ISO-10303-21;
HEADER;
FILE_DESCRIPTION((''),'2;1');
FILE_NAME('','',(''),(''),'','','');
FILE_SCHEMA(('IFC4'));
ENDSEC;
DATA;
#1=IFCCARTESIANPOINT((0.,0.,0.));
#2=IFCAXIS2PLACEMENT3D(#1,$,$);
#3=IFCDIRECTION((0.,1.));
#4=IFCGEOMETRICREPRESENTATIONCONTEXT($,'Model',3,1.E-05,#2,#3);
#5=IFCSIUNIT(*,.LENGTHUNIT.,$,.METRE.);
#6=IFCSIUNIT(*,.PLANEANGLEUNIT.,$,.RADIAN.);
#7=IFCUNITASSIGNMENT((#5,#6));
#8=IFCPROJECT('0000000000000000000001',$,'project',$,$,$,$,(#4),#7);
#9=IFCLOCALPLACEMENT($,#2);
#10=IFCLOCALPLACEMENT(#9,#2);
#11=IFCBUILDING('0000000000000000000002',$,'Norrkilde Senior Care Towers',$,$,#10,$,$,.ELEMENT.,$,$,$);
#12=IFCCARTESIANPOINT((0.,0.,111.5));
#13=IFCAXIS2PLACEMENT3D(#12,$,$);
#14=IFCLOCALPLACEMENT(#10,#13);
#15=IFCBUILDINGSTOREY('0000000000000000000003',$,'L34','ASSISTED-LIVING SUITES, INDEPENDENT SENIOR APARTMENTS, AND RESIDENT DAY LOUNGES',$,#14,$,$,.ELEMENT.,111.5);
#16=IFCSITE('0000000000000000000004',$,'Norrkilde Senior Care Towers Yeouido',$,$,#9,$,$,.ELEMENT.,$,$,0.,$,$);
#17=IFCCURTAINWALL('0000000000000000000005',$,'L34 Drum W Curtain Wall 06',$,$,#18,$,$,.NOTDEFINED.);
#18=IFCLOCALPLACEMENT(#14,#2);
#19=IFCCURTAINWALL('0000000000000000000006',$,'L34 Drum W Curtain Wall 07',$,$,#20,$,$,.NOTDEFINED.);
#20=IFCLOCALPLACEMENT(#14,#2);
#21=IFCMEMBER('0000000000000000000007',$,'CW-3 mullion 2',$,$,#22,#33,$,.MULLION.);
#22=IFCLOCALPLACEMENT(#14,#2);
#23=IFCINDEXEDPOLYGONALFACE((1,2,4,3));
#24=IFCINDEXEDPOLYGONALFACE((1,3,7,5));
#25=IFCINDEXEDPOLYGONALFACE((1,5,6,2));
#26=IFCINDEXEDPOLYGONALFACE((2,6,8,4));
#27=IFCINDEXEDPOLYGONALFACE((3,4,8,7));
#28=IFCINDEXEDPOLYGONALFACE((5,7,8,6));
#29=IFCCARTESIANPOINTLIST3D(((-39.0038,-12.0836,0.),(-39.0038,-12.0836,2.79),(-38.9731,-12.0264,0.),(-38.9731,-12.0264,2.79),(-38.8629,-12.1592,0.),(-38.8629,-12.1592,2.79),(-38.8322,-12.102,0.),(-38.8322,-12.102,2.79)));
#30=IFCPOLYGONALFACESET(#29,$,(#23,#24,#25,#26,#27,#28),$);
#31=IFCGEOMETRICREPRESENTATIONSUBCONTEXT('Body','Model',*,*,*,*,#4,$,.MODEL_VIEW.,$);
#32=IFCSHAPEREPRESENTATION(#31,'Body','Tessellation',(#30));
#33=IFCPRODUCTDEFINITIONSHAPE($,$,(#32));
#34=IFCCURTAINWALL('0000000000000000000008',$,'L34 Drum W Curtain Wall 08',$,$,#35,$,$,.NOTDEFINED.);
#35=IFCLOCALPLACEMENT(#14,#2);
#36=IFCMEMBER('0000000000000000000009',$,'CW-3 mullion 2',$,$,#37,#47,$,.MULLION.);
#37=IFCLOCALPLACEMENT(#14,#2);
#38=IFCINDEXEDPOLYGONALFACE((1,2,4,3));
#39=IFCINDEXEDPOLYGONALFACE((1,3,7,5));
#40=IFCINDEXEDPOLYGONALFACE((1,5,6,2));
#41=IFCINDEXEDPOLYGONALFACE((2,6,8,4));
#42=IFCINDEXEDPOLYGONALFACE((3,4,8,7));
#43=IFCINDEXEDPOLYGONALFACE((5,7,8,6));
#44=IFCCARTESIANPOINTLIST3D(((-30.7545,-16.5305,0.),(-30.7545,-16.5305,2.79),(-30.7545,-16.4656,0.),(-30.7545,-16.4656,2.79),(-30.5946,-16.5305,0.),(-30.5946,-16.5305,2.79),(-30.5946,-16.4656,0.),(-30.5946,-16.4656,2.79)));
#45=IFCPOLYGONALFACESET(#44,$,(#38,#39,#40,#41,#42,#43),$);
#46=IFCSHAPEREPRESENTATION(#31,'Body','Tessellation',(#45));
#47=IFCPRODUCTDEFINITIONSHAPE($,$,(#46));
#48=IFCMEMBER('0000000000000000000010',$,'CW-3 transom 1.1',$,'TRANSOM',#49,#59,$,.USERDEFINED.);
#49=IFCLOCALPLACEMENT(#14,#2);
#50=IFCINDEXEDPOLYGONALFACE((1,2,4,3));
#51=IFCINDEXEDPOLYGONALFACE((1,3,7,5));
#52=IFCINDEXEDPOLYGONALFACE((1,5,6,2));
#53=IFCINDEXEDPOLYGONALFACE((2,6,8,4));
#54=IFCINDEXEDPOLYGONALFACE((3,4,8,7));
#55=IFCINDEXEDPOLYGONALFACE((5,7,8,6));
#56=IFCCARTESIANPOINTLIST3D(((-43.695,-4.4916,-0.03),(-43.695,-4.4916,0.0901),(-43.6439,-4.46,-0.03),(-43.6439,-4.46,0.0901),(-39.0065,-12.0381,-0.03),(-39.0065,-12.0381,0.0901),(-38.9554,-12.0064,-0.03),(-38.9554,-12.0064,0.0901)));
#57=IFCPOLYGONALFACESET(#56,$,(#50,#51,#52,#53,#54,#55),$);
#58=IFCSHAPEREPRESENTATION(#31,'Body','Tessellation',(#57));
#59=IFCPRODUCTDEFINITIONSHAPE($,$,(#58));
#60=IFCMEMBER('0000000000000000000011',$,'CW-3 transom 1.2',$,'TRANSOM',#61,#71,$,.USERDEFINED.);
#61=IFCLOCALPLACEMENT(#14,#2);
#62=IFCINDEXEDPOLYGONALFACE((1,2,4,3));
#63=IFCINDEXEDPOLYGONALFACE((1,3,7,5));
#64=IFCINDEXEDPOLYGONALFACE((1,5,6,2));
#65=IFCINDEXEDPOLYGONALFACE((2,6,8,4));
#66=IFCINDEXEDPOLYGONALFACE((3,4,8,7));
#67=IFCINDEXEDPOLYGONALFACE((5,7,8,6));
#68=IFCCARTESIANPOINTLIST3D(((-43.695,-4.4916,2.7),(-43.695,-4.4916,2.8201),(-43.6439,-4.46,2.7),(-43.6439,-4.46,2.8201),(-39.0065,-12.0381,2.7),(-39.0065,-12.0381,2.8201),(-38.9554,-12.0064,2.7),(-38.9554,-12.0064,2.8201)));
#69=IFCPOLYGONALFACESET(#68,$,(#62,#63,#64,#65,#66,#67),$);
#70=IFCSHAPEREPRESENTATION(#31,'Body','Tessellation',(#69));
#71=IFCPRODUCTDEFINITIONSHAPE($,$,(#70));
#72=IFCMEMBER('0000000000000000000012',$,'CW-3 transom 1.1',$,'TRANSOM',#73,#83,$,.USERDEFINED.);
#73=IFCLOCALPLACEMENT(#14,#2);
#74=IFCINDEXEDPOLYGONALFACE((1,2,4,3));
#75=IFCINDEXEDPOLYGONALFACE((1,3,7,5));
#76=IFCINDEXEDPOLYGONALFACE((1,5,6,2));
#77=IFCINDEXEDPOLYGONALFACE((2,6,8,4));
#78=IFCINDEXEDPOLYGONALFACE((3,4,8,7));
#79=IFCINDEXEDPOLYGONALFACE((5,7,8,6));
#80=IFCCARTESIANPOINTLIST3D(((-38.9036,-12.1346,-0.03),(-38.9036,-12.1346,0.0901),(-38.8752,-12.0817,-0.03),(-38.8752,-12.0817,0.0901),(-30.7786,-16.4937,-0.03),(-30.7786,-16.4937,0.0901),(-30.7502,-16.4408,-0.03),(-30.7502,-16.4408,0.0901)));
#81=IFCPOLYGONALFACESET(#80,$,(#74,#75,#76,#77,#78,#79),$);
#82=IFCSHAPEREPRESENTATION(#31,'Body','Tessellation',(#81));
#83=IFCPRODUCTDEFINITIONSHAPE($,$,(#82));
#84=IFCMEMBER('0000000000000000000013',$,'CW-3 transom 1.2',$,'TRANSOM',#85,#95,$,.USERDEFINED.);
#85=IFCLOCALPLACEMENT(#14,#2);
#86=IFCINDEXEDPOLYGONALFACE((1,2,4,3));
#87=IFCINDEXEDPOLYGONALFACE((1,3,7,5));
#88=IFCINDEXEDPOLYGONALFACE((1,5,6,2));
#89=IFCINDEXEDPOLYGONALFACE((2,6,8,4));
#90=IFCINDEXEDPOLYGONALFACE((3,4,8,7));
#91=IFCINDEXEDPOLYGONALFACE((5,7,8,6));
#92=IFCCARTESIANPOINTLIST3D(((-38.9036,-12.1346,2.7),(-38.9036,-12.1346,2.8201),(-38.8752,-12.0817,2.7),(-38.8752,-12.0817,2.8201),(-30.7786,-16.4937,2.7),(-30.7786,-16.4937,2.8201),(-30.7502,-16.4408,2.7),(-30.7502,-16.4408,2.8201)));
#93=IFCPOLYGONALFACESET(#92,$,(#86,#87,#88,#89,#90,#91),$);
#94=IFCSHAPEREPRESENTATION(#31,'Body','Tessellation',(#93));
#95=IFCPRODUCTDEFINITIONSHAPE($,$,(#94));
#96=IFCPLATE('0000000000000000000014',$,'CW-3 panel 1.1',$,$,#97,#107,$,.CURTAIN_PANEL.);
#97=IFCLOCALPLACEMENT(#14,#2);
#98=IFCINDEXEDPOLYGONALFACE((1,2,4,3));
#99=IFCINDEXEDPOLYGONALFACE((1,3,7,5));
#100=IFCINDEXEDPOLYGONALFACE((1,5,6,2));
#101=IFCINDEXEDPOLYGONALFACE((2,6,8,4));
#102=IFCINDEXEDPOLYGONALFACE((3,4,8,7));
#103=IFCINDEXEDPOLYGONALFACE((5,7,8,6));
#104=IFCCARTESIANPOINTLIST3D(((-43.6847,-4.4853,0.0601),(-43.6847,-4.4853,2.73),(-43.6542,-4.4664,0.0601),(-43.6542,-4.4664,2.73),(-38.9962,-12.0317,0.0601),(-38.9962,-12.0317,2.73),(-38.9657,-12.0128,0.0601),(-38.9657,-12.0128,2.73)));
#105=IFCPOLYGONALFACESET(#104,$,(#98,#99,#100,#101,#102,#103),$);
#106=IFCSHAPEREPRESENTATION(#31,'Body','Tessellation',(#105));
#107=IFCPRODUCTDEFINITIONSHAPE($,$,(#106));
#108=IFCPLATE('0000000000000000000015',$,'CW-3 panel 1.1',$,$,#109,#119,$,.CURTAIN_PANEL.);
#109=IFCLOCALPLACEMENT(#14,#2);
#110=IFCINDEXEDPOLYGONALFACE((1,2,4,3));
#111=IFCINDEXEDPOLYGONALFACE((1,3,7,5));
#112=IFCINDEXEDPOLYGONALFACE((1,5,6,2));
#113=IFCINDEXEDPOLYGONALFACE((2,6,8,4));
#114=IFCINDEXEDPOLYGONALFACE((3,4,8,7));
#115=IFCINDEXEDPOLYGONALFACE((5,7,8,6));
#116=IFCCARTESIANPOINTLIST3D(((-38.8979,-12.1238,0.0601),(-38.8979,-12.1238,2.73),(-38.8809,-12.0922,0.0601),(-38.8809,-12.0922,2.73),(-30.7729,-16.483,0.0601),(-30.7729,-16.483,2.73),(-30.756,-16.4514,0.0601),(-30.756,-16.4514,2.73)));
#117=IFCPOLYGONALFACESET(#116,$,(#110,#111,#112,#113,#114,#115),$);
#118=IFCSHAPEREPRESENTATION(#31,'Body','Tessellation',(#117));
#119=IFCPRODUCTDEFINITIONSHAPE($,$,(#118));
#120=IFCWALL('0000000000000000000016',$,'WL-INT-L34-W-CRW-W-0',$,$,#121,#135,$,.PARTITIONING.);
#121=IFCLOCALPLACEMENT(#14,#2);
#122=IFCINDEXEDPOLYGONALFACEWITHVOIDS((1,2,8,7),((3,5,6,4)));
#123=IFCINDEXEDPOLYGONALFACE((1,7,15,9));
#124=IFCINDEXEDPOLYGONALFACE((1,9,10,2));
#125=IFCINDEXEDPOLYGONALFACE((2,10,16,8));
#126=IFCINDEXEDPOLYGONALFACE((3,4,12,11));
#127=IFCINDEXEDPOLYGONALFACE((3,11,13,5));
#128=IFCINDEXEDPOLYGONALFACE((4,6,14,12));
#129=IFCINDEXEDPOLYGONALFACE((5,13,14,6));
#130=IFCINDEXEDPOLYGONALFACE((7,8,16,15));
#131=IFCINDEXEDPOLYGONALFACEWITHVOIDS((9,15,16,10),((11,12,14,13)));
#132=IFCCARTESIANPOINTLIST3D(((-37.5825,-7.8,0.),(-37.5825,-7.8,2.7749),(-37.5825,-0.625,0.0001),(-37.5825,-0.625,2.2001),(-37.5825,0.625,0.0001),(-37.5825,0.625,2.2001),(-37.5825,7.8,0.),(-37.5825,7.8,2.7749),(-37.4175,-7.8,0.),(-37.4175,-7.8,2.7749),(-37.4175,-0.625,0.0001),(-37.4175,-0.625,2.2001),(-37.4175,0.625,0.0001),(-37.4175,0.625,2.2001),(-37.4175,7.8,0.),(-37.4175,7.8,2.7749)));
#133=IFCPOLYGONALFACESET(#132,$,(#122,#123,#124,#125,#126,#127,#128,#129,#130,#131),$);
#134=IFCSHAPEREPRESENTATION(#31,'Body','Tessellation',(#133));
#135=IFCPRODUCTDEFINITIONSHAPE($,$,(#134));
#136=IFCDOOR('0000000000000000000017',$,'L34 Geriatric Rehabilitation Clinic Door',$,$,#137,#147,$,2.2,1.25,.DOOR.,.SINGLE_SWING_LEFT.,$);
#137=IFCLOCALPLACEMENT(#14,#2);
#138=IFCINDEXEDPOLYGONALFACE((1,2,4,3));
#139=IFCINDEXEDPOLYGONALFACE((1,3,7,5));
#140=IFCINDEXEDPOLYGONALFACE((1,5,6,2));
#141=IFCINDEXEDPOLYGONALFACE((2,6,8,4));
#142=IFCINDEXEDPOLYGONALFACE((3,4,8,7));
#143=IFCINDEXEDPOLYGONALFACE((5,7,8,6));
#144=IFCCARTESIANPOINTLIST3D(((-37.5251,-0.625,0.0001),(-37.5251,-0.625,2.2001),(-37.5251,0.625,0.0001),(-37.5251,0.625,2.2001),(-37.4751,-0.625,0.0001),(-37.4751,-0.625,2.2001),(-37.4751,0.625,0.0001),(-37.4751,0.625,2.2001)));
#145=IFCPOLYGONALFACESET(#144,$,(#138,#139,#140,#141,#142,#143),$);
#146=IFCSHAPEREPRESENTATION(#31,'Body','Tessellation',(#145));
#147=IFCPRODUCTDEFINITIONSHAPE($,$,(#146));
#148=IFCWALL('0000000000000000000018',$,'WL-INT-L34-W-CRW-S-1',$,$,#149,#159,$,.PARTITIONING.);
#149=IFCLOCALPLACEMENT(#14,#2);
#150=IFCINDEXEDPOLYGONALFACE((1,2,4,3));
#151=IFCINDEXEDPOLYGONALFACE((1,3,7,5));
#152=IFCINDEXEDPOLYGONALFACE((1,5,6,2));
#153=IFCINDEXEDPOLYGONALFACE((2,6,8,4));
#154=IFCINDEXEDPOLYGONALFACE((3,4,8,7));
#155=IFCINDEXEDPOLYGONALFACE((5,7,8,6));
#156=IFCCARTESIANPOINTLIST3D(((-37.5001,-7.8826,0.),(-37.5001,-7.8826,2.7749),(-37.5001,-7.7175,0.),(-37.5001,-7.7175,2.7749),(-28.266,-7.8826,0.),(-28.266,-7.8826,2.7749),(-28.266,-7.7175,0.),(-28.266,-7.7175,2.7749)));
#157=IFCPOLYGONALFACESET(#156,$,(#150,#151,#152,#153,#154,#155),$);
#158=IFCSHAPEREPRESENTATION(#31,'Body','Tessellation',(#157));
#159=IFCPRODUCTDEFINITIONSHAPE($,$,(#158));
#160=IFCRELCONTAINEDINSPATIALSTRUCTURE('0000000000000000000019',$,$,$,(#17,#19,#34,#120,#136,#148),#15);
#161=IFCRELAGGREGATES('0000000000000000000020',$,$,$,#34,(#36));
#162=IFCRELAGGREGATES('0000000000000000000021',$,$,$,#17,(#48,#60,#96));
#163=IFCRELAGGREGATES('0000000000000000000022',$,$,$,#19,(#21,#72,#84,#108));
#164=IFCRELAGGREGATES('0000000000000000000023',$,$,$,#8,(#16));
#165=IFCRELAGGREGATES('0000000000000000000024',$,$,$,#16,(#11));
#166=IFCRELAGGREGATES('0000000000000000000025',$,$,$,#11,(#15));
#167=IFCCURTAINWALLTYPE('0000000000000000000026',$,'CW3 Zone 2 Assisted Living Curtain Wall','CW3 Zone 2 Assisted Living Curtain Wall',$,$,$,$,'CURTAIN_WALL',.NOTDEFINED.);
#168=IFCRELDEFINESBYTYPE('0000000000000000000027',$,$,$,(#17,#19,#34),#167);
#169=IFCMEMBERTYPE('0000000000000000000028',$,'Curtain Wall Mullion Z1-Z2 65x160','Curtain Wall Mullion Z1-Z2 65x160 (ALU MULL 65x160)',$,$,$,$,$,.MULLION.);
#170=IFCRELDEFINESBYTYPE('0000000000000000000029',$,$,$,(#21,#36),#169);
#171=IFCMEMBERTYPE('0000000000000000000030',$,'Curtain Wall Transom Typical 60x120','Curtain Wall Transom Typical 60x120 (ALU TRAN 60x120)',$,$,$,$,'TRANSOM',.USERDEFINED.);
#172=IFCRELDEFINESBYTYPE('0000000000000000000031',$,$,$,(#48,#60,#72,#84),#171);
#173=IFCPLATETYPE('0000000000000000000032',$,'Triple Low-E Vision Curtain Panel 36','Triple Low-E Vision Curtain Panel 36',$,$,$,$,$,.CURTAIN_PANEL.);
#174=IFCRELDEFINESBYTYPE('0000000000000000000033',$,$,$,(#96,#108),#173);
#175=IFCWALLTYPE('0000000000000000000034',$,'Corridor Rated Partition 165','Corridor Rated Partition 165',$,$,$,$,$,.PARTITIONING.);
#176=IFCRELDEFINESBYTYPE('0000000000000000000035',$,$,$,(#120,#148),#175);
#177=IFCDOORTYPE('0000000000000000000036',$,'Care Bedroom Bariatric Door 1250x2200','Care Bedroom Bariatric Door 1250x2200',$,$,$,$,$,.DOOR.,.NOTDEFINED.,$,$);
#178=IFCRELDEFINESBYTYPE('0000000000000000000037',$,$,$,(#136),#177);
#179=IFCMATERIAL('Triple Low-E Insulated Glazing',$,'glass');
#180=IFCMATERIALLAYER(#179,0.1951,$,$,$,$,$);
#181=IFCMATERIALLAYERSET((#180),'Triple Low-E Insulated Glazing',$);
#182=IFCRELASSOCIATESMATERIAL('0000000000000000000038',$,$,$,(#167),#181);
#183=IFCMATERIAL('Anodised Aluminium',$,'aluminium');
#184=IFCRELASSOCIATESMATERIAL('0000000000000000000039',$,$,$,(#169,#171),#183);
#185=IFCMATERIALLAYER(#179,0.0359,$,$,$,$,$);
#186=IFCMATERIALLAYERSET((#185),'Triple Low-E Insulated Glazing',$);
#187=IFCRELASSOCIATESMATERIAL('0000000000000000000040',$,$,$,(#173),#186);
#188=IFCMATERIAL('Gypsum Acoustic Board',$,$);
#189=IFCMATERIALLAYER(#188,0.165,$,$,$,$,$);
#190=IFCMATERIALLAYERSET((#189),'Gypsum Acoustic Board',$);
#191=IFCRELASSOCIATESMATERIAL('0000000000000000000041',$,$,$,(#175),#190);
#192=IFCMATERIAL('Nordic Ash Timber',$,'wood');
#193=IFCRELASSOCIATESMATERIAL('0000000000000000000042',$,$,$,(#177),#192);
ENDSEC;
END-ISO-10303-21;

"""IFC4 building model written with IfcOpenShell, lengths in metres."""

from ifc_helpers import new_model, si_unit, direction, frame, frame_2d, origin, origin_2d, place, context, subcontext, project, spatial, rectangle, extrude, source, transform, mapped, material, layer, layer_set, material_profile, profile_set, type_object, type_shapes, element, fill, aggregate, save


model = new_model("IFC4")

# Units and contexts
model_context = context("Model", 3, precision=1e-05, world=origin(), true_north=direction((0.0, 1.0)))
body_context = subcontext(model_context, "Body", "Model", "MODEL_VIEW")
ifc_project = project(units=[si_unit("LENGTHUNIT", "METRE"), si_unit("PLANEANGLEUNIT", "RADIAN")], contexts=[model_context])

# Site, building, storey
site_placement = place(None, origin())
site = spatial("IfcSite", under=ifc_project, at=site_placement, Name="Norrkilde Senior Care Towers Yeouido", CompositionType="ELEMENT", RefElevation=0.0)
building_placement = place(site_placement, origin())
building = spatial("IfcBuilding", under=site, at=building_placement, Name="Norrkilde Senior Care Towers", CompositionType="ELEMENT")
storey_placement = place(building_placement, frame((0.0, 0.0, 111.5)))
storey = spatial("IfcBuildingStorey", under=building, at=storey_placement, Name="L34", Description="ASSISTED-LIVING SUITES, INDEPENDENT SENIOR APARTMENTS, AND RESIDENT DAY LOUNGES", CompositionType="ELEMENT", Elevation=111.5)

# Curtain wall
ifc_material_1 = material(Name="Triple Low-E Insulated Glazing", Category="glass")
ifc_layer_1 = layer(ifc_material_1, 0.1951)
ifc_layer_set_1 = layer_set([ifc_layer_1], Name="Triple Low-E Insulated Glazing")
curtain_wall_type = type_object("IfcCurtainWallType", Name="CW3 Zone 2 Assisted Living Curtain Wall", Description="CW3 Zone 2 Assisted Living Curtain Wall", ElementType="CURTAIN_WALL", PredefinedType="NOTDEFINED", material=ifc_layer_set_1)
curtain_wall_1_placement = place(storey_placement, origin())
curtain_wall_1 = element("IfcCurtainWall", 1, at=curtain_wall_1_placement, inside=storey, type_object=curtain_wall_type, Name="L34 Drum W Curtain Wall 06", PredefinedType="NOTDEFINED")
ifc_material_2 = material(Name="Anodised Aluminium", Category="aluminium")
ifc_material_profile_1 = material_profile(ifc_material_2, rectangle(XDim=0.0649, YDim=0.1599, at=origin_2d()), Name="ALU MULL 65x160")
ifc_profile_set_1 = profile_set([ifc_material_profile_1], Name="Anodised Aluminium")
member_type_1 = type_object("IfcMemberType", Name="Curtain Wall Mullion Z1-Z2 65x160", Description="Curtain Wall Mullion Z1-Z2 65x160 (ALU MULL 65x160)", PredefinedType="MULLION", material=ifc_profile_set_1)
shared_shape_1 = source(origin(), body_context, "Body", "SweptSolid", [
    extrude(rectangle(XDim=0.0649, YDim=0.1599, at=origin_2d()), origin(), (0.0, 0.0, 1.0), 2.79),
])
type_shapes(member_type_1, [shared_shape_1])

# Curtain wall, member
curtain_wall_2_placement = place(storey_placement, origin())
curtain_wall_2 = element("IfcCurtainWall", 2, at=curtain_wall_2_placement, inside=storey, type_object=curtain_wall_type, Name="L34 Drum W Curtain Wall 07", PredefinedType="NOTDEFINED")
member_1_placement = place(storey_placement, frame((-38.918, -12.0928, 0.0), z_axis=(0.0, 0.0, 1.0), x_axis=(-0.472769, -0.881186, 0.0)))
member_1 = element("IfcMember", 3, at=member_1_placement, type_object=member_type_1, Name="CW-3 mullion 2", PredefinedType="MULLION", context=body_context, shape_type="MappedRepresentation", body=[
    mapped(shared_shape_1, transform((0.0, 0.0, 0.0), x_axis=(1.0, 0.0, 0.0), y_axis=(0.0, 1.0, 0.0), z_axis=(0.0, 0.0, 1.0), scale=1.0)),
])

# Curtain wall, member
curtain_wall_3_placement = place(storey_placement, origin())
curtain_wall_3 = element("IfcCurtainWall", 4, at=curtain_wall_3_placement, inside=storey, type_object=curtain_wall_type, Name="L34 Drum W Curtain Wall 08", PredefinedType="NOTDEFINED")
member_2_placement = place(storey_placement, frame((-30.6746, -16.498, 0.0), z_axis=(0.0, 0.0, 1.0), x_axis=(0.0, -1.0, 0.0)))
member_2 = element("IfcMember", 5, at=member_2_placement, type_object=member_type_1, Name="CW-3 mullion 2", PredefinedType="MULLION", context=body_context, shape_type="MappedRepresentation", body=[
    mapped(shared_shape_1, transform((0.0, 0.0, 0.0), x_axis=(1.0, 0.0, 0.0), y_axis=(0.0, 1.0, 0.0), z_axis=(0.0, 0.0, 1.0), scale=1.0)),
])
aggregate(curtain_wall_3, [member_2])

# Members
ifc_material_profile_2 = material_profile(ifc_material_2, rectangle(XDim=0.0601, YDim=0.1201, at=origin_2d()), Name="ALU TRAN 60x120")
ifc_profile_set_2 = profile_set([ifc_material_profile_2], Name="Anodised Aluminium")
member_type_2 = type_object("IfcMemberType", Name="Curtain Wall Transom Typical 60x120", Description="Curtain Wall Transom Typical 60x120 (ALU TRAN 60x120)", ElementType="TRANSOM", PredefinedType="USERDEFINED", material=ifc_profile_set_2)
shared_shape_2 = source(origin(), body_context, "Body", "SweptSolid", [
    extrude(rectangle(XDim=0.0601, YDim=0.1201, at=origin_2d()), origin(), (0.0, 0.0, 1.0), 8.8843),
])
member_3_placement = place(storey_placement, frame((-38.981, -12.0222, 0.03), z_axis=(-0.527729, 0.849413, 0.0), x_axis=(-0.849413, -0.527729, 0.0)))
member_3 = element("IfcMember", 6, at=member_3_placement, type_object=member_type_2, Name="CW-3 transom 1.1", ObjectType="TRANSOM", PredefinedType="USERDEFINED", context=body_context, shape_type="MappedRepresentation", body=[
    mapped(shared_shape_2, transform((0.0, 0.0, 0.0), x_axis=(1.0, 0.0, 0.0), y_axis=(0.0, 1.0, 0.0), z_axis=(0.0, 0.0, 1.0), scale=1.0)),
])
member_4_placement = place(storey_placement, frame((-38.981, -12.0222, 2.76), z_axis=(-0.527729, 0.849413, 0.0), x_axis=(-0.849413, -0.527729, 0.0)))
member_4 = element("IfcMember", 7, at=member_4_placement, type_object=member_type_2, Name="CW-3 transom 1.2", ObjectType="TRANSOM", PredefinedType="USERDEFINED", context=body_context, shape_type="MappedRepresentation", body=[
    mapped(shared_shape_2, transform((0.0, 0.0, 0.0), x_axis=(1.0, 0.0, 0.0), y_axis=(0.0, 1.0, 0.0), z_axis=(0.0, 0.0, 1.0), scale=1.0)),
])
shared_shape_3 = source(origin(), body_context, "Body", "SweptSolid", [
    extrude(rectangle(XDim=0.0601, YDim=0.1201, at=origin_2d()), origin(), (0.0, 0.0, 1.0), 9.2205),
])
type_shapes(member_type_2, [shared_shape_2, shared_shape_3])
member_5_placement = place(storey_placement, frame((-30.7644, -16.4673, 0.03), z_axis=(-0.881189, 0.472765, 0.0), x_axis=(-0.472765, -0.881189, 0.0)))
member_5 = element("IfcMember", 8, at=member_5_placement, type_object=member_type_2, Name="CW-3 transom 1.1", ObjectType="TRANSOM", PredefinedType="USERDEFINED", context=body_context, shape_type="MappedRepresentation", body=[
    mapped(shared_shape_3, transform((0.0, 0.0, 0.0), x_axis=(1.0, 0.0, 0.0), y_axis=(0.0, 1.0, 0.0), z_axis=(0.0, 0.0, 1.0), scale=1.0)),
])
member_6_placement = place(storey_placement, frame((-30.7644, -16.4673, 2.76), z_axis=(-0.881189, 0.472765, 0.0), x_axis=(-0.472765, -0.881189, 0.0)))
member_6 = element("IfcMember", 9, at=member_6_placement, type_object=member_type_2, Name="CW-3 transom 1.2", ObjectType="TRANSOM", PredefinedType="USERDEFINED", context=body_context, shape_type="MappedRepresentation", body=[
    mapped(shared_shape_3, transform((0.0, 0.0, 0.0), x_axis=(1.0, 0.0, 0.0), y_axis=(0.0, 1.0, 0.0), z_axis=(0.0, 0.0, 1.0), scale=1.0)),
])

# Plates
ifc_layer_2 = layer(ifc_material_1, 0.0359)
ifc_layer_set_2 = layer_set([ifc_layer_2], Name="Triple Low-E Insulated Glazing")
plate_type = type_object("IfcPlateType", Name="Triple Low-E Vision Curtain Panel 36", Description="Triple Low-E Vision Curtain Panel 36", PredefinedType="CURTAIN_PANEL", material=ifc_layer_set_2)
shared_shape_4 = source(origin(), body_context, "Body", "SweptSolid", [
    extrude(rectangle(XDim=8.8843, YDim=0.0359, at=origin_2d()), origin(), (0.0, 0.0, 1.0), 2.6699),
])
plate_1_placement = place(storey_placement, frame((-41.3252, -8.249, 0.0601), z_axis=(0.0, 0.0, 1.0), x_axis=(-0.527733, 0.84941, 0.0)))
plate_1 = element("IfcPlate", 10, at=plate_1_placement, type_object=plate_type, Name="CW-3 panel 1.1", PredefinedType="CURTAIN_PANEL", context=body_context, shape_type="MappedRepresentation", body=[
    mapped(shared_shape_4, transform((0.0, 0.0, 0.0), x_axis=(1.0, 0.0, 0.0), y_axis=(0.0, 1.0, 0.0), z_axis=(0.0, 0.0, 1.0), scale=1.0)),
])
aggregate(curtain_wall_1, [member_3, member_4, plate_1])
shared_shape_5 = source(origin(), body_context, "Body", "SweptSolid", [
    extrude(rectangle(XDim=9.2205, YDim=0.0359, at=origin_2d()), origin(), (0.0, 0.0, 1.0), 2.6699),
])
type_shapes(plate_type, [shared_shape_4, shared_shape_5])
plate_2_placement = place(storey_placement, frame((-34.8269, -14.2876, 0.0601), z_axis=(0.0, 0.0, 1.0), x_axis=(-0.881186, 0.472769, 0.0)))
plate_2 = element("IfcPlate", 11, at=plate_2_placement, type_object=plate_type, Name="CW-3 panel 1.1", PredefinedType="CURTAIN_PANEL", context=body_context, shape_type="MappedRepresentation", body=[
    mapped(shared_shape_5, transform((0.0, 0.0, 0.0), x_axis=(1.0, 0.0, 0.0), y_axis=(0.0, 1.0, 0.0), z_axis=(0.0, 0.0, 1.0), scale=1.0)),
])
aggregate(curtain_wall_2, [member_1, member_5, member_6, plate_2])

# Wall, opening, door
ifc_material_3 = material(Name="Gypsum Acoustic Board")
ifc_layer_3 = layer(ifc_material_3, 0.165)
ifc_layer_set_3 = layer_set([ifc_layer_3], Name="Gypsum Acoustic Board")
wall_type = type_object("IfcWallType", Name="Corridor Rated Partition 165", Description="Corridor Rated Partition 165", PredefinedType="PARTITIONING", material=ifc_layer_set_3)
shared_shape_6 = source(origin(), body_context, "Body", "SweptSolid", [
    extrude(rectangle(XDim=15.6001, YDim=0.165, at=frame_2d((7.8, 0.0))), origin(), (0.0, 0.0, 1.0), 2.7749),
])
wall_1_placement = place(storey_placement, frame((-37.5, -7.8, 0.0), z_axis=(0.0, 0.0, 1.0), x_axis=(0.0, 1.0, 0.0)))
wall_1 = element("IfcWall", 12, at=wall_1_placement, inside=storey, type_object=wall_type, Name="WL-INT-L34-W-CRW-W-0", PredefinedType="PARTITIONING", context=body_context, shape_type="MappedRepresentation", body=[
    mapped(shared_shape_6, transform((0.0, 0.0, 0.0), x_axis=(1.0, 0.0, 0.0), y_axis=(0.0, 1.0, 0.0), z_axis=(0.0, 0.0, 1.0), scale=1.0)),
])
opening_placement = place(wall_1_placement, frame((7.175, 0.0, 0.0)))
opening = element("IfcOpeningElement", 13, at=opening_placement, cuts=wall_1, PredefinedType="OPENING", context=body_context, shape_type="SweptSolid", body=[
    extrude(rectangle(XDim=1.25, YDim=2.2, at=frame_2d((0.625, 1.1001))), frame((0.0, 0.0925, 0.0), z_axis=(0.0, -1.0, 0.0), x_axis=(1.0, 0.0, 0.0)), (0.0, 0.0, 1.0), 0.1851),
])
ifc_material_4 = material(Name="Nordic Ash Timber", Category="wood")
door_type = type_object("IfcDoorType", Name="Care Bedroom Bariatric Door 1250x2200", Description="Care Bedroom Bariatric Door 1250x2200", OperationType="NOTDEFINED", PredefinedType="DOOR", material=ifc_material_4)
shared_shape_7 = source(origin(), body_context, "Body", "SweptSolid", [
    extrude(rectangle(XDim=1.25, YDim=2.2, at=frame_2d((0.625, 1.1001))), frame((0.0, 0.0249, 0.0), z_axis=(0.0, -1.0, 0.0), x_axis=(1.0, 0.0, 0.0)), (0.0, 0.0, 1.0), 0.05),
])
type_shapes(door_type, [shared_shape_7])
door_placement = place(opening_placement, frame((1.25, 0.0, 0.0), z_axis=(0.0, 0.0, 1.0), x_axis=(-1.0, 0.0, 0.0)))
door = element("IfcDoor", 14, at=door_placement, inside=storey, type_object=door_type, Name="L34 Geriatric Rehabilitation Clinic Door", OperationType="SINGLE_SWING_LEFT", OverallHeight=2.2, OverallWidth=1.25, PredefinedType="DOOR", context=body_context, shape_type="MappedRepresentation", body=[
    mapped(shared_shape_7, transform((0.0, 0.0, 0.0), x_axis=(1.0, 0.0, 0.0), y_axis=(0.0, 1.0, 0.0), z_axis=(0.0, 0.0, 1.0), scale=1.0)),
])
fill(opening, door)

# Wall
shared_shape_8 = source(origin(), body_context, "Body", "SweptSolid", [
    extrude(rectangle(XDim=9.2341, YDim=0.165, at=frame_2d((4.6172, 0.0))), origin(), (0.0, 0.0, 1.0), 2.7749),
])
wall_2_placement = place(storey_placement, frame((-28.2659, -7.8, 0.0), z_axis=(0.0, 0.0, 1.0), x_axis=(-1.0, 0.0, 0.0)))
element("IfcWall", 15, at=wall_2_placement, inside=storey, type_object=wall_type, Name="WL-INT-L34-W-CRW-S-1", PredefinedType="PARTITIONING", context=body_context, shape_type="MappedRepresentation", body=[
    mapped(shared_shape_8, transform((0.0, 0.0, 0.0), x_axis=(1.0, 0.0, 0.0), y_axis=(0.0, 1.0, 0.0), z_axis=(0.0, 0.0, 1.0), scale=1.0)),
])

save(model, "model.ifc")
